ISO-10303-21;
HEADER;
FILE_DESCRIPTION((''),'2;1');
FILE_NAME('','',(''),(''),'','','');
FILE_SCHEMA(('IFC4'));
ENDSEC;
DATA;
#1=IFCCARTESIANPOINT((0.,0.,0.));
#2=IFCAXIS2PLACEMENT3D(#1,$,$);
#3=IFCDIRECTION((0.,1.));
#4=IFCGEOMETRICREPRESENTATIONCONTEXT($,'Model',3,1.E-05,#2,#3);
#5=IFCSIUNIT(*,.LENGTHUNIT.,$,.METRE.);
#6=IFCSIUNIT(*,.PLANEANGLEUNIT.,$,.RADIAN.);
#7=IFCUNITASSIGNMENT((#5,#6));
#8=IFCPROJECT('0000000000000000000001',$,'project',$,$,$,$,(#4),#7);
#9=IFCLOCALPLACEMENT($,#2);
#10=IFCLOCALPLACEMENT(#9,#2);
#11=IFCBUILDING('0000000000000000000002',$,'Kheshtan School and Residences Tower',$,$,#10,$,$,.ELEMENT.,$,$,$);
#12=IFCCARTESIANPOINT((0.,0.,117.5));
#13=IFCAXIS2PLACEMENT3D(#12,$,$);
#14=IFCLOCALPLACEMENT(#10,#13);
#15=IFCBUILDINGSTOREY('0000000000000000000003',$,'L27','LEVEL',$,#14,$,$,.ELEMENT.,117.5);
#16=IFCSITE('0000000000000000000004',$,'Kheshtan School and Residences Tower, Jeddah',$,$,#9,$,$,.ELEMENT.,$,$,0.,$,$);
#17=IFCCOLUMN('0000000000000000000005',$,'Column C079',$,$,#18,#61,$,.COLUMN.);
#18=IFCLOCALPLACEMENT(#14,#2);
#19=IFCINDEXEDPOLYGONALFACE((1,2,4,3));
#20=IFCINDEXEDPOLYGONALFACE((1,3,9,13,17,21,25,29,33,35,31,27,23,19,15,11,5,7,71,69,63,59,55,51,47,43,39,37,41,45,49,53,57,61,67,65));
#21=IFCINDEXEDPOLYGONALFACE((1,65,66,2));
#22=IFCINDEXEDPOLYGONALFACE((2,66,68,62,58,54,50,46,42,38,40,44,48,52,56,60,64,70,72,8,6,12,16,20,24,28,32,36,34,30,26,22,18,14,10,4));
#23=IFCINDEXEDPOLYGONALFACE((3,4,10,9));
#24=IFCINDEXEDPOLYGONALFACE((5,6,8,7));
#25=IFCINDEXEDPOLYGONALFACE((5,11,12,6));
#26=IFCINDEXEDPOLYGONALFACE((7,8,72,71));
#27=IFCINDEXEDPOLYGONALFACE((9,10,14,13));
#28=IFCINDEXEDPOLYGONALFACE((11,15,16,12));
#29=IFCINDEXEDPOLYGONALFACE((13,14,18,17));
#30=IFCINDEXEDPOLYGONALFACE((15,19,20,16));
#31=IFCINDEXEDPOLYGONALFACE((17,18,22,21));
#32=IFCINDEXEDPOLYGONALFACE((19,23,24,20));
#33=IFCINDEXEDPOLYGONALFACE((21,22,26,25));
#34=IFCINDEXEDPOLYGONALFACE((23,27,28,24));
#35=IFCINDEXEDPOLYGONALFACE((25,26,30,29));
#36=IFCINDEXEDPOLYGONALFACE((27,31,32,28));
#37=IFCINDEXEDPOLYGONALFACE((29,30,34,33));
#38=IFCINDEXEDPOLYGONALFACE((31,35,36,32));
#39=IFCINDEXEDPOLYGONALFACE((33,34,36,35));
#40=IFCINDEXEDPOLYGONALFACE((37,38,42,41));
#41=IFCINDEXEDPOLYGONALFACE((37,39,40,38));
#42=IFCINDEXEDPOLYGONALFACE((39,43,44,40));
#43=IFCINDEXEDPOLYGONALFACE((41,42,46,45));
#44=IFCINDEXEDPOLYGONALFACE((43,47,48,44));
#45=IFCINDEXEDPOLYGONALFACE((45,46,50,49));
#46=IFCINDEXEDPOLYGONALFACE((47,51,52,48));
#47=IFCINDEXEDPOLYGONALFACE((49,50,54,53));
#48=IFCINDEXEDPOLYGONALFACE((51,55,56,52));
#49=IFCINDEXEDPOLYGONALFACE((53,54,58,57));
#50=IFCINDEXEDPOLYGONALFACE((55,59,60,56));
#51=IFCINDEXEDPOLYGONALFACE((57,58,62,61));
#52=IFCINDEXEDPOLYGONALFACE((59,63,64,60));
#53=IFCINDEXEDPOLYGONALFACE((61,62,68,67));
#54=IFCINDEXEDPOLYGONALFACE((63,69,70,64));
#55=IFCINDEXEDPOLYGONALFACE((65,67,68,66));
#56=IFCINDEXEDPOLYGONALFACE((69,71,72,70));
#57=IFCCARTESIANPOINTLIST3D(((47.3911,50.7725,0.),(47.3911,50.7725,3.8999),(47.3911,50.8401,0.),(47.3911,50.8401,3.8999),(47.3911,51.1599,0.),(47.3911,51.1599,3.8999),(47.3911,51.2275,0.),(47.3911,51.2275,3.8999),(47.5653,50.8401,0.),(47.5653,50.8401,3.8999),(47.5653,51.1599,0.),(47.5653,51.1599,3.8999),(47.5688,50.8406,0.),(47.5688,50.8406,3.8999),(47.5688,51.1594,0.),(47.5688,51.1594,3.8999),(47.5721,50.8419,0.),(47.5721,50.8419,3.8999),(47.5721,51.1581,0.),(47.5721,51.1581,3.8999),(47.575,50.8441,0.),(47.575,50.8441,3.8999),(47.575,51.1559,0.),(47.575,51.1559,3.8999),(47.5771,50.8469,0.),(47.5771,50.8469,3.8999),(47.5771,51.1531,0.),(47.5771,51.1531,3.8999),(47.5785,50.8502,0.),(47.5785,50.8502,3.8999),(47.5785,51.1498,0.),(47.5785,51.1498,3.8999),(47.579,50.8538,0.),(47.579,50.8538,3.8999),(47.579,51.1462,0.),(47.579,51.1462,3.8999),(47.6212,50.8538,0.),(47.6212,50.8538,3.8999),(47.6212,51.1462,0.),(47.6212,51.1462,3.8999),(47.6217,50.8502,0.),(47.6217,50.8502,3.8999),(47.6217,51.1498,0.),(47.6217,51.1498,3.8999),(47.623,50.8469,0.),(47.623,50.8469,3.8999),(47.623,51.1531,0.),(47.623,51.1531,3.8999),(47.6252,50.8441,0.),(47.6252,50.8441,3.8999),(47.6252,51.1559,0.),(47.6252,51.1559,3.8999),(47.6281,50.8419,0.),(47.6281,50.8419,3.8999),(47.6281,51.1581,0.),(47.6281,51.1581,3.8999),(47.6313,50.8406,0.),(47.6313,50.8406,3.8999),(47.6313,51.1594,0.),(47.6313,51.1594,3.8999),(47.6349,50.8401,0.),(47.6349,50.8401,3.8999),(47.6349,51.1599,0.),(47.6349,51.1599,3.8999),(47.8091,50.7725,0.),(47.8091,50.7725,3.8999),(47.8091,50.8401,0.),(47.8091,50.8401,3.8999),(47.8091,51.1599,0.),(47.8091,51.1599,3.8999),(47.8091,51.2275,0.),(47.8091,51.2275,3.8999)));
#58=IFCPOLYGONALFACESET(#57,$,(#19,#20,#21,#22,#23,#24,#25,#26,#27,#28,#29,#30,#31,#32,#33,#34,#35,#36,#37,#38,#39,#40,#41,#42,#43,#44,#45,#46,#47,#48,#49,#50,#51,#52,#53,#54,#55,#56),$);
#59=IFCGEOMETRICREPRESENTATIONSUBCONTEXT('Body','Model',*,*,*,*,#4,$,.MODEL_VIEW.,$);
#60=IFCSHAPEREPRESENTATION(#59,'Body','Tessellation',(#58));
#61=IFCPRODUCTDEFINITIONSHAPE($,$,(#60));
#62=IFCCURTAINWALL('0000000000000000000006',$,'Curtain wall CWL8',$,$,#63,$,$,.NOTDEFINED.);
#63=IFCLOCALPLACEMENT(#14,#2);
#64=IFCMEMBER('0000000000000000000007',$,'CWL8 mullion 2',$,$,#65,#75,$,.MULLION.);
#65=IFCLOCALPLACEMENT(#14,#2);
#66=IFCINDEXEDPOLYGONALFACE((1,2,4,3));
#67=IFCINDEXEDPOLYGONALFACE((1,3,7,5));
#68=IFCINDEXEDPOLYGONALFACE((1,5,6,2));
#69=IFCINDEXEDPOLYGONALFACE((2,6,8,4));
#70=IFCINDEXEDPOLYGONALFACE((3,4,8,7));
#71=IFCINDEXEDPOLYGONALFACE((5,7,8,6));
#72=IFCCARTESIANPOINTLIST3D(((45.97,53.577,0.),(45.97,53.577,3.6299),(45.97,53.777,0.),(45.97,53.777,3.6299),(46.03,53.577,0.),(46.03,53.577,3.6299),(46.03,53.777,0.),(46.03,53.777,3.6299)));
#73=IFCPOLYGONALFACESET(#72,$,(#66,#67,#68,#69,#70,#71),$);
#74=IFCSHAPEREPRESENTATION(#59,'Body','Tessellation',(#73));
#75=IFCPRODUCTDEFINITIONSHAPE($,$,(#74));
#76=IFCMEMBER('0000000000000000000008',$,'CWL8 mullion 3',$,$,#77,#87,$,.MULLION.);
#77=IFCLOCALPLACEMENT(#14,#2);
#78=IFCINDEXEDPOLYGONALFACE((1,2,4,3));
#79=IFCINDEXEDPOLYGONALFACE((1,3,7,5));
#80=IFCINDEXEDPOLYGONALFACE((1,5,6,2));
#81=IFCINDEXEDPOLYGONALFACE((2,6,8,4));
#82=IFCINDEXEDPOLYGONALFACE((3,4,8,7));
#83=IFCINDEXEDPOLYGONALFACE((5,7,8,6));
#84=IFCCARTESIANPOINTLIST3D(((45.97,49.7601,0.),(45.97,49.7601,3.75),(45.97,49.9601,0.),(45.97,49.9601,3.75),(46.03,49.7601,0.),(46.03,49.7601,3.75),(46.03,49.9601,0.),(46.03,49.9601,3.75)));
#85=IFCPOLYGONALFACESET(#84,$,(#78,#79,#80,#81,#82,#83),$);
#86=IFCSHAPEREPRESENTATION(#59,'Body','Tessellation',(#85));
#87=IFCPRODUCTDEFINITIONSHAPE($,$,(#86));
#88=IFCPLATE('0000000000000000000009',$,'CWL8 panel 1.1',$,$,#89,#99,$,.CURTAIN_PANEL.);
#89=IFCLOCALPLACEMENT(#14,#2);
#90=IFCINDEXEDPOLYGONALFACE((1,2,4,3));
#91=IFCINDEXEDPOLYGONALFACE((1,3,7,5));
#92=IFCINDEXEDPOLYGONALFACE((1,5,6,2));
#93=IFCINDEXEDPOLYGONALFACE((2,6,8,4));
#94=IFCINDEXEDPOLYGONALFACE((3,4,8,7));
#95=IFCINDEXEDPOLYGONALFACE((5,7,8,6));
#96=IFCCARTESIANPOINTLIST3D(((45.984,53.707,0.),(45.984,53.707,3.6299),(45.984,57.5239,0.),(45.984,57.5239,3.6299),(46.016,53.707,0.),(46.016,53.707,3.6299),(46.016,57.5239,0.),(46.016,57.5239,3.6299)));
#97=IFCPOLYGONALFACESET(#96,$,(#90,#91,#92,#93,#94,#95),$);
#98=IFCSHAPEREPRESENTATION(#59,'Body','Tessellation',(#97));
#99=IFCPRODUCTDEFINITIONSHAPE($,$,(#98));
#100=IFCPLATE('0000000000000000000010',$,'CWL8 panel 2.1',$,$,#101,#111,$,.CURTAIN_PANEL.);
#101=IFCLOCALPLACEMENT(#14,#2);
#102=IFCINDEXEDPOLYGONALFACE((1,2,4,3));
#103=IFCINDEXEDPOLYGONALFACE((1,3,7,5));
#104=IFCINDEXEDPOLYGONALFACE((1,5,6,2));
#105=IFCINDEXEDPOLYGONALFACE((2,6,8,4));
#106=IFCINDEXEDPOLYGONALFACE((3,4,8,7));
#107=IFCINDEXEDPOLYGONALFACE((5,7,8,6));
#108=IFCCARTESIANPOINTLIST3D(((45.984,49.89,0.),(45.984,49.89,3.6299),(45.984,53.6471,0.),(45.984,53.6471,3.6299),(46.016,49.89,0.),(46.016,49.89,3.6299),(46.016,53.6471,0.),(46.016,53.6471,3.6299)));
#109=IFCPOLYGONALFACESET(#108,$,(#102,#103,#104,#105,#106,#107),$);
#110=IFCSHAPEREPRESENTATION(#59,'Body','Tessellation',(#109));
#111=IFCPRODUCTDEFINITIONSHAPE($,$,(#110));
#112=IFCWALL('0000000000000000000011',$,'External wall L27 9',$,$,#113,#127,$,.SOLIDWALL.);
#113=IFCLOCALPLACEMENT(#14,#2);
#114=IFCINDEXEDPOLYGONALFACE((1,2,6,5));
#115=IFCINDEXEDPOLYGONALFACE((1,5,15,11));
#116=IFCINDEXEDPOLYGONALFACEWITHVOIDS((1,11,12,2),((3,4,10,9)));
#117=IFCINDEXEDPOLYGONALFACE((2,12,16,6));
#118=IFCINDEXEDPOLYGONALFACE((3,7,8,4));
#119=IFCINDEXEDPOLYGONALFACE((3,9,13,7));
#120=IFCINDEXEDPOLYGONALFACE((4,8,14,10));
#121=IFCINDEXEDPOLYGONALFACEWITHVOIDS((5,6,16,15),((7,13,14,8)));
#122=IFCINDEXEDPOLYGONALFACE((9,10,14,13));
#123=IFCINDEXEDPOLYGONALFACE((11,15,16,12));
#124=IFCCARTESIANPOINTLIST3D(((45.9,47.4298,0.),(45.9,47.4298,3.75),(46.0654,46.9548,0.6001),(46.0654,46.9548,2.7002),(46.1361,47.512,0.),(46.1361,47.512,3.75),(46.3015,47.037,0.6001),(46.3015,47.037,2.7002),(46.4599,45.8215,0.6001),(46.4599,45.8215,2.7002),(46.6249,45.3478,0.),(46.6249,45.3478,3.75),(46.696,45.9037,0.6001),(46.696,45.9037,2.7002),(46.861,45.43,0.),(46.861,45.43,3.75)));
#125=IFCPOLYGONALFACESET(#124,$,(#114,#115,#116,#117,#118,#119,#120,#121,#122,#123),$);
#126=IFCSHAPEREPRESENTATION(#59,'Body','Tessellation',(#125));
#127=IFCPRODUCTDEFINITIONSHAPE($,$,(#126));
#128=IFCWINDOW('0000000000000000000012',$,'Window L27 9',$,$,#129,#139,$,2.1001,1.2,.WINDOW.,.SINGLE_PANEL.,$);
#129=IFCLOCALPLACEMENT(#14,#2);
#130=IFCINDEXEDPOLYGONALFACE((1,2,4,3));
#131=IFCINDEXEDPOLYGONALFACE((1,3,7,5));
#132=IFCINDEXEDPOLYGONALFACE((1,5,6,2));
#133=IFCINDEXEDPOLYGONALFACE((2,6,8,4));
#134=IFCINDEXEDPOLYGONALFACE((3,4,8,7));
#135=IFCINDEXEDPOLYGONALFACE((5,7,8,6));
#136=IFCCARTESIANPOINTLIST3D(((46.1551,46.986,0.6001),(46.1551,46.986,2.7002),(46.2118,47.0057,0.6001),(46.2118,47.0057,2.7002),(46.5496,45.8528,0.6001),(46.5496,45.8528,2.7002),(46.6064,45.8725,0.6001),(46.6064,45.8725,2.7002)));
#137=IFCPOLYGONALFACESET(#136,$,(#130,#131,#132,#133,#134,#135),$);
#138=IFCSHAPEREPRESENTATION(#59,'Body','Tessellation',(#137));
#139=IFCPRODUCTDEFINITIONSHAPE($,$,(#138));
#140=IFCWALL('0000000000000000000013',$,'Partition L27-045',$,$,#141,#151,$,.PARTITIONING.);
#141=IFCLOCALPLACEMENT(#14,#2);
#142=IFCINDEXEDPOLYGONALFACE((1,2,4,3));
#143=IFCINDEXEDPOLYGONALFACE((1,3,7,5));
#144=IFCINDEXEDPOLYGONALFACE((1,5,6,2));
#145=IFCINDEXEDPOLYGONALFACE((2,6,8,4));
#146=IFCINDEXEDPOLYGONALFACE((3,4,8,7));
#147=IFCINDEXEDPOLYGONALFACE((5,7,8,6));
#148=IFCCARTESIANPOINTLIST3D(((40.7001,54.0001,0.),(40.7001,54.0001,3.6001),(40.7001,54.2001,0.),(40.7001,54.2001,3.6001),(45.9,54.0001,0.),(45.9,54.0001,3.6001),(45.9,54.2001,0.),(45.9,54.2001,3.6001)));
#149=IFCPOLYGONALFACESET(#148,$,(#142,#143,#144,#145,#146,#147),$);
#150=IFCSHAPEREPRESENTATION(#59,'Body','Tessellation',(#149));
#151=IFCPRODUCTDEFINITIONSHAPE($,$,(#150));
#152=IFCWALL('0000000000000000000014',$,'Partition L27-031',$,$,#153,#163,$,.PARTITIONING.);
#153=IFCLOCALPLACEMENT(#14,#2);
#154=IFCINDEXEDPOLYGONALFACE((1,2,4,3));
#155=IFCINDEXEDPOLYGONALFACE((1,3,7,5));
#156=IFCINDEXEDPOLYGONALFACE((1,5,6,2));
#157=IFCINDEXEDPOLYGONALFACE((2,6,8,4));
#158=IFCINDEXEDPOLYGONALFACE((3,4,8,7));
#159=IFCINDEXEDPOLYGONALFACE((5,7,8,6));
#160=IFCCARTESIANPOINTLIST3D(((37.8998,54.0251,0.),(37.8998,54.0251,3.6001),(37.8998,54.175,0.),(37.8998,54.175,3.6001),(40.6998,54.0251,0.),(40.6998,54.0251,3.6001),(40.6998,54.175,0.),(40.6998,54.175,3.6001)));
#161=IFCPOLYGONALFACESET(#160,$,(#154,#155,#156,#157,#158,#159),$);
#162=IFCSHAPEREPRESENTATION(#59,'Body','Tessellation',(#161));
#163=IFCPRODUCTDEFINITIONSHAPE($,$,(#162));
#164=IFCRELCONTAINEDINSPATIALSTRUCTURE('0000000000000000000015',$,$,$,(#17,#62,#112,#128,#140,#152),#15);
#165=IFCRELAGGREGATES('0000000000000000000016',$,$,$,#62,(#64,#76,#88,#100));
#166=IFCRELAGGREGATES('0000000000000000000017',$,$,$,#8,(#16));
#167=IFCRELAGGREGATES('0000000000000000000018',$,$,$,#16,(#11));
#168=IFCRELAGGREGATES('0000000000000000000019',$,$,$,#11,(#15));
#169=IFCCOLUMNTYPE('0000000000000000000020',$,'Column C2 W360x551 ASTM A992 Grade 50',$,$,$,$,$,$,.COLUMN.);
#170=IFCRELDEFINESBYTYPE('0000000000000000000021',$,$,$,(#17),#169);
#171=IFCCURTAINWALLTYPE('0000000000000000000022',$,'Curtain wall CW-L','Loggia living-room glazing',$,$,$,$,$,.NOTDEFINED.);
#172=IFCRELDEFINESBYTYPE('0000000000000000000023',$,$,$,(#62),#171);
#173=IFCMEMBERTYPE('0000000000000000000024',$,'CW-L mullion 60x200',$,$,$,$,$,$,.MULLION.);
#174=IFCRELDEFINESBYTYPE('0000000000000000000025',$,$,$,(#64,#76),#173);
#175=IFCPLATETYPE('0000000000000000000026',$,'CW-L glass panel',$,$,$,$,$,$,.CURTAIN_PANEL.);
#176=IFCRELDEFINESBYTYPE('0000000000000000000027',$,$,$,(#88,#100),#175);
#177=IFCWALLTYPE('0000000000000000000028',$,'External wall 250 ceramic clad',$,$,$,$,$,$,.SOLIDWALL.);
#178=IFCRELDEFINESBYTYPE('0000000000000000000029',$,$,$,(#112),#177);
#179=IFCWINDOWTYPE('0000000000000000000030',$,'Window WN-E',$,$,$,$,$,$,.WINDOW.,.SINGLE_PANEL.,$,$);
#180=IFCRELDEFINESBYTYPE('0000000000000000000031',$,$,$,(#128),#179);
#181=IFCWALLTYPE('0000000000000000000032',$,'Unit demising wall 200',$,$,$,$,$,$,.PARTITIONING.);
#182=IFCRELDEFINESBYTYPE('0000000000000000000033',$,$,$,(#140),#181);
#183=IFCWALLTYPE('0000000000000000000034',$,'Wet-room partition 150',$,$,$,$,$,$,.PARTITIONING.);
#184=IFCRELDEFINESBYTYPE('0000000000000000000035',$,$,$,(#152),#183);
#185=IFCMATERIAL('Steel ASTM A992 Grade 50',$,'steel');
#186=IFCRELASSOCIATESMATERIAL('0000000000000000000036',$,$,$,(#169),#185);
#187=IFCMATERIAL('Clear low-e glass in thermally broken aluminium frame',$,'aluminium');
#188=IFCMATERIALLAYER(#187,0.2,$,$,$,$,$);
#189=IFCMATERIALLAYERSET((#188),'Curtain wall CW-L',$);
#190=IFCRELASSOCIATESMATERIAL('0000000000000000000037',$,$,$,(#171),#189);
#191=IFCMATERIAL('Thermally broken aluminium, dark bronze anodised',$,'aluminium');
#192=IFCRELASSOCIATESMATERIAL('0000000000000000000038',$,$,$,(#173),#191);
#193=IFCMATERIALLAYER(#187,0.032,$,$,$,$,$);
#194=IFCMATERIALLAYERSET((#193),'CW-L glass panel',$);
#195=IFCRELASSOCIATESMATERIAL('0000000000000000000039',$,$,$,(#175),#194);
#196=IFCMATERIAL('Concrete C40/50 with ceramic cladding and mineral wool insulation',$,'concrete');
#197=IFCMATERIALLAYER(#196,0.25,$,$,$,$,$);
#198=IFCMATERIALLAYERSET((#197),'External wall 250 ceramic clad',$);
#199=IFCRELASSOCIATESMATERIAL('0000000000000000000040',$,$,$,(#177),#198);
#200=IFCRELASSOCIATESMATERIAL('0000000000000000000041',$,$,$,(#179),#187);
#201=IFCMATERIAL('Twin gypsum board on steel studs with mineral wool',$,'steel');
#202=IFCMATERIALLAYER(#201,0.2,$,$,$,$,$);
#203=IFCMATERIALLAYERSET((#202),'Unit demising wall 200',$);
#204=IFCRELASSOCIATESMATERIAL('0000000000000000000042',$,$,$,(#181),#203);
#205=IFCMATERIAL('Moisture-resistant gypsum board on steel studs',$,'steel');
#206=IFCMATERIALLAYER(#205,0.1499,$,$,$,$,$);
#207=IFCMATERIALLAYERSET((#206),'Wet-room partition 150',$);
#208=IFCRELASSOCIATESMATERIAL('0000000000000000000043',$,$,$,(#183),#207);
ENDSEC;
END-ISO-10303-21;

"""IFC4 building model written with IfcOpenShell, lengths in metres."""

from ifc_helpers import new_model, si_unit, direction, frame, frame_2d, origin, origin_2d, place, context, subcontext, project, spatial, rectangle, i_section, extrude, source, transform, mapped, material, layer, layer_set, material_profile, profile_set, type_object, element, fill, aggregate, save


model = new_model("IFC4")

# Units and contexts
model_context = context("Model", 3, precision=1e-05, world=origin(), true_north=direction((0.0, 1.0)))
body_context = subcontext(model_context, "Body", "Model", "MODEL_VIEW")
ifc_project = project(units=[si_unit("LENGTHUNIT", "METRE"), si_unit("PLANEANGLEUNIT", "RADIAN")], contexts=[model_context])

# Site, building, storey
site_placement = place(None, origin())
site = spatial("IfcSite", under=ifc_project, at=site_placement, Name="Kheshtan School and Residences Tower, Jeddah", CompositionType="ELEMENT", RefElevation=0.0)
building_placement = place(site_placement, origin())
building = spatial("IfcBuilding", under=site, at=building_placement, Name="Kheshtan School and Residences Tower", CompositionType="ELEMENT")
storey_placement = place(building_placement, frame((0.0, 0.0, 117.5)))
storey = spatial("IfcBuildingStorey", under=building, at=storey_placement, Name="L27", Description="LEVEL", CompositionType="ELEMENT", Elevation=117.5)

# Column
ifc_material_1 = material(Name="Steel ASTM A992 Grade 50", Category="steel")
ifc_material_profile_1 = material_profile(ifc_material_1, i_section(OverallWidth=0.418, OverallDepth=0.4551, WebThickness=0.0422, FlangeThickness=0.0676, FilletRadius=0.0137, at=origin_2d()), Name="W360x551")
ifc_profile_set_1 = profile_set([ifc_material_profile_1], Name="Steel ASTM A992 Grade 50")
column_type = type_object("IfcColumnType", Name="Column C2 W360x551 ASTM A992 Grade 50", PredefinedType="COLUMN", material=ifc_profile_set_1)
column_placement = place(storey_placement, frame((47.6001, 51.0, 0.0), z_axis=(0.0, 0.0, 1.0), x_axis=(1.0, 0.0, 0.0)))
element("IfcColumn", 1, at=column_placement, inside=storey, type_object=column_type, Name="Column C079", PredefinedType="COLUMN", context=body_context, shape_type="SweptSolid", body=[
    extrude(i_section(OverallWidth=0.418, OverallDepth=0.4551, WebThickness=0.0422, FlangeThickness=0.0676, FilletRadius=0.0137, at=origin_2d()), origin(), (0.0, 0.0, 1.0), 3.8999),
])

# Curtain wall, members, plates
ifc_material_2 = material(Name="Clear low-e glass in thermally broken aluminium frame", Category="aluminium")
ifc_layer_1 = layer(ifc_material_2, 0.2)
ifc_layer_set_1 = layer_set([ifc_layer_1], Name="Curtain wall CW-L")
curtain_wall_type = type_object("IfcCurtainWallType", Name="Curtain wall CW-L", Description="Loggia living-room glazing", PredefinedType="NOTDEFINED", material=ifc_layer_set_1)
curtain_wall_placement = place(storey_placement, origin())
curtain_wall = element("IfcCurtainWall", 2, at=curtain_wall_placement, inside=storey, type_object=curtain_wall_type, Name="Curtain wall CWL8", PredefinedType="NOTDEFINED")
ifc_material_3 = material(Name="Thermally broken aluminium, dark bronze anodised", Category="aluminium")
ifc_material_profile_2 = material_profile(ifc_material_3, rectangle(XDim=0.0601, YDim=0.2, at=origin_2d()), Name="CW-L mullion 60x200")
ifc_profile_set_2 = profile_set([ifc_material_profile_2], Name="Thermally broken aluminium, dark bronze anodised")
member_type = type_object("IfcMemberType", Name="CW-L mullion 60x200", PredefinedType="MULLION", material=ifc_profile_set_2)
member_1_placement = place(storey_placement, frame((46.0, 53.677, 0.0), z_axis=(0.0, 0.0, 1.0), x_axis=(1.0, 0.0, 0.0)))
member_1 = element("IfcMember", 3, at=member_1_placement, type_object=member_type, Name="CWL8 mullion 2", PredefinedType="MULLION", context=body_context, shape_type="SweptSolid", body=[
    extrude(rectangle(XDim=0.0601, YDim=0.2, at=origin_2d()), origin(), (0.0, 0.0, 1.0), 3.6299),
])
member_2_placement = place(storey_placement, frame((46.0, 49.8601, 0.0), z_axis=(0.0, 0.0, 1.0), x_axis=(1.0, 0.0, 0.0)))
member_2 = element("IfcMember", 4, at=member_2_placement, type_object=member_type, Name="CWL8 mullion 3", PredefinedType="MULLION", context=body_context, shape_type="SweptSolid", body=[
    extrude(rectangle(XDim=0.0601, YDim=0.2, at=origin_2d()), origin(), (0.0, 0.0, 1.0), 3.75),
])
ifc_layer_2 = layer(ifc_material_2, 0.032)
ifc_layer_set_2 = layer_set([ifc_layer_2], Name="CW-L glass panel")
plate_type = type_object("IfcPlateType", Name="CW-L glass panel", PredefinedType="CURTAIN_PANEL", material=ifc_layer_set_2)
plate_1_placement = place(storey_placement, frame((46.0, 55.6155, 0.0), z_axis=(0.0, 0.0, 1.0), x_axis=(0.0, -1.0, 0.0)))
plate_1 = element("IfcPlate", 5, at=plate_1_placement, type_object=plate_type, Name="CWL8 panel 1.1", PredefinedType="CURTAIN_PANEL", context=body_context, shape_type="SweptSolid", body=[
    extrude(rectangle(XDim=3.8169, YDim=0.032, at=origin_2d()), origin(), (0.0, 0.0, 1.0), 3.6299),
])
plate_2_placement = place(storey_placement, frame((46.0, 51.7686, 0.0), z_axis=(0.0, 0.0, 1.0), x_axis=(0.0, -1.0, 0.0)))
plate_2 = element("IfcPlate", 6, at=plate_2_placement, type_object=plate_type, Name="CWL8 panel 2.1", PredefinedType="CURTAIN_PANEL", context=body_context, shape_type="SweptSolid", body=[
    extrude(rectangle(XDim=3.7571, YDim=0.032, at=origin_2d()), origin(), (0.0, 0.0, 1.0), 3.6299),
])
aggregate(curtain_wall, [member_1, member_2, plate_1, plate_2])

# Wall, opening, window
ifc_material_4 = material(Name="Concrete C40/50 with ceramic cladding and mineral wool insulation", Category="concrete")
ifc_layer_3 = layer(ifc_material_4, 0.25)
ifc_layer_set_3 = layer_set([ifc_layer_3], Name="External wall 250 ceramic clad")
wall_type_1 = type_object("IfcWallType", Name="External wall 250 ceramic clad", PredefinedType="SOLIDWALL", material=ifc_layer_set_3)
wall_1_placement = place(storey_placement, frame((46.0181, 47.4709, 0.0), z_axis=(0.0, 0.0, 1.0), x_axis=(0.328791, -0.944403, 0.0)))
wall_1 = element("IfcWall", 7, at=wall_1_placement, inside=storey, type_object=wall_type_1, Name="External wall L27 9", PredefinedType="SOLIDWALL", context=body_context, shape_type="SweptSolid", body=[
    extrude(rectangle(XDim=2.2046, YDim=0.25, at=frame_2d((1.1023, 0.0))), origin(), (0.0, 0.0, 1.0), 3.75),
])
opening_1_placement = place(wall_1_placement, frame((0.5029, 0.0, 0.6001)))
opening_1 = element("IfcOpeningElement", 8, at=opening_1_placement, cuts=wall_1, PredefinedType="OPENING", context=body_context, shape_type="SweptSolid", body=[
    extrude(rectangle(XDim=1.2, YDim=2.1001, at=frame_2d((0.6001, 1.05))), frame((0.0, 0.135, 0.0), z_axis=(0.0, -1.0, 0.0), x_axis=(1.0, 0.0, 0.0)), (0.0, 0.0, 1.0), 0.27),
])
window_type = type_object("IfcWindowType", Name="Window WN-E", PartitioningType="SINGLE_PANEL", PredefinedType="WINDOW", material=ifc_material_2)
shared_shape_1 = source(origin(), body_context, "Body", "SweptSolid", [
    extrude(rectangle(XDim=1.2, YDim=2.1001, at=frame_2d((0.6001, 1.05))), frame((0.0, 0.03, 0.0), z_axis=(0.0, -1.0, 0.0), x_axis=(1.0, 0.0, 0.0)), (0.0, 0.0, 1.0), 0.0601),
])
window_placement = place(opening_1_placement, origin())
window = element("IfcWindow", 9, at=window_placement, inside=storey, type_object=window_type, Name="Window L27 9", OverallHeight=2.1001, OverallWidth=1.2, PartitioningType="SINGLE_PANEL", PredefinedType="WINDOW", context=body_context, shape_type="MappedRepresentation", body=[
    mapped(shared_shape_1, transform((0.0, 0.0, 0.0), x_axis=(1.0, 0.0, 0.0), y_axis=(0.0, 1.0, 0.0), z_axis=(0.0, 0.0, 1.0), scale=1.0)),
])
fill(opening_1, window)

# Walls
ifc_material_5 = material(Name="Twin gypsum board on steel studs with mineral wool", Category="steel")
ifc_layer_4 = layer(ifc_material_5, 0.2)
ifc_layer_set_4 = layer_set([ifc_layer_4], Name="Unit demising wall 200")
wall_type_2 = type_object("IfcWallType", Name="Unit demising wall 200", PredefinedType="PARTITIONING", material=ifc_layer_set_4)
wall_2_placement = place(storey_placement, frame((40.7, 54.1001, 0.0), z_axis=(0.0, 0.0, 1.0), x_axis=(1.0, 0.0, 0.0)))
element("IfcWall", 10, at=wall_2_placement, inside=storey, type_object=wall_type_2, Name="Partition L27-045", PredefinedType="PARTITIONING", context=body_context, shape_type="SweptSolid", body=[
    extrude(rectangle(XDim=5.2, YDim=0.2, at=frame_2d((2.6001, 0.0))), origin(), (0.0, 0.0, 1.0), 3.6001),
])
ifc_material_6 = material(Name="Moisture-resistant gypsum board on steel studs", Category="steel")
ifc_layer_5 = layer(ifc_material_6, 0.1499)
ifc_layer_set_5 = layer_set([ifc_layer_5], Name="Wet-room partition 150")
wall_type_3 = type_object("IfcWallType", Name="Wet-room partition 150", PredefinedType="PARTITIONING", material=ifc_layer_set_5)
wall_3_placement = place(storey_placement, frame((37.8999, 54.1001, 0.0), z_axis=(0.0, 0.0, 1.0), x_axis=(1.0, 0.0, 0.0)))
element("IfcWall", 11, at=wall_3_placement, inside=storey, type_object=wall_type_3, Name="Partition L27-031", PredefinedType="PARTITIONING", context=body_context, shape_type="SweptSolid", body=[
    extrude(rectangle(XDim=2.8, YDim=0.1499, at=frame_2d((1.3999, 0.0))), origin(), (0.0, 0.0, 1.0), 3.6001),
])

save(model, "model.ifc")
